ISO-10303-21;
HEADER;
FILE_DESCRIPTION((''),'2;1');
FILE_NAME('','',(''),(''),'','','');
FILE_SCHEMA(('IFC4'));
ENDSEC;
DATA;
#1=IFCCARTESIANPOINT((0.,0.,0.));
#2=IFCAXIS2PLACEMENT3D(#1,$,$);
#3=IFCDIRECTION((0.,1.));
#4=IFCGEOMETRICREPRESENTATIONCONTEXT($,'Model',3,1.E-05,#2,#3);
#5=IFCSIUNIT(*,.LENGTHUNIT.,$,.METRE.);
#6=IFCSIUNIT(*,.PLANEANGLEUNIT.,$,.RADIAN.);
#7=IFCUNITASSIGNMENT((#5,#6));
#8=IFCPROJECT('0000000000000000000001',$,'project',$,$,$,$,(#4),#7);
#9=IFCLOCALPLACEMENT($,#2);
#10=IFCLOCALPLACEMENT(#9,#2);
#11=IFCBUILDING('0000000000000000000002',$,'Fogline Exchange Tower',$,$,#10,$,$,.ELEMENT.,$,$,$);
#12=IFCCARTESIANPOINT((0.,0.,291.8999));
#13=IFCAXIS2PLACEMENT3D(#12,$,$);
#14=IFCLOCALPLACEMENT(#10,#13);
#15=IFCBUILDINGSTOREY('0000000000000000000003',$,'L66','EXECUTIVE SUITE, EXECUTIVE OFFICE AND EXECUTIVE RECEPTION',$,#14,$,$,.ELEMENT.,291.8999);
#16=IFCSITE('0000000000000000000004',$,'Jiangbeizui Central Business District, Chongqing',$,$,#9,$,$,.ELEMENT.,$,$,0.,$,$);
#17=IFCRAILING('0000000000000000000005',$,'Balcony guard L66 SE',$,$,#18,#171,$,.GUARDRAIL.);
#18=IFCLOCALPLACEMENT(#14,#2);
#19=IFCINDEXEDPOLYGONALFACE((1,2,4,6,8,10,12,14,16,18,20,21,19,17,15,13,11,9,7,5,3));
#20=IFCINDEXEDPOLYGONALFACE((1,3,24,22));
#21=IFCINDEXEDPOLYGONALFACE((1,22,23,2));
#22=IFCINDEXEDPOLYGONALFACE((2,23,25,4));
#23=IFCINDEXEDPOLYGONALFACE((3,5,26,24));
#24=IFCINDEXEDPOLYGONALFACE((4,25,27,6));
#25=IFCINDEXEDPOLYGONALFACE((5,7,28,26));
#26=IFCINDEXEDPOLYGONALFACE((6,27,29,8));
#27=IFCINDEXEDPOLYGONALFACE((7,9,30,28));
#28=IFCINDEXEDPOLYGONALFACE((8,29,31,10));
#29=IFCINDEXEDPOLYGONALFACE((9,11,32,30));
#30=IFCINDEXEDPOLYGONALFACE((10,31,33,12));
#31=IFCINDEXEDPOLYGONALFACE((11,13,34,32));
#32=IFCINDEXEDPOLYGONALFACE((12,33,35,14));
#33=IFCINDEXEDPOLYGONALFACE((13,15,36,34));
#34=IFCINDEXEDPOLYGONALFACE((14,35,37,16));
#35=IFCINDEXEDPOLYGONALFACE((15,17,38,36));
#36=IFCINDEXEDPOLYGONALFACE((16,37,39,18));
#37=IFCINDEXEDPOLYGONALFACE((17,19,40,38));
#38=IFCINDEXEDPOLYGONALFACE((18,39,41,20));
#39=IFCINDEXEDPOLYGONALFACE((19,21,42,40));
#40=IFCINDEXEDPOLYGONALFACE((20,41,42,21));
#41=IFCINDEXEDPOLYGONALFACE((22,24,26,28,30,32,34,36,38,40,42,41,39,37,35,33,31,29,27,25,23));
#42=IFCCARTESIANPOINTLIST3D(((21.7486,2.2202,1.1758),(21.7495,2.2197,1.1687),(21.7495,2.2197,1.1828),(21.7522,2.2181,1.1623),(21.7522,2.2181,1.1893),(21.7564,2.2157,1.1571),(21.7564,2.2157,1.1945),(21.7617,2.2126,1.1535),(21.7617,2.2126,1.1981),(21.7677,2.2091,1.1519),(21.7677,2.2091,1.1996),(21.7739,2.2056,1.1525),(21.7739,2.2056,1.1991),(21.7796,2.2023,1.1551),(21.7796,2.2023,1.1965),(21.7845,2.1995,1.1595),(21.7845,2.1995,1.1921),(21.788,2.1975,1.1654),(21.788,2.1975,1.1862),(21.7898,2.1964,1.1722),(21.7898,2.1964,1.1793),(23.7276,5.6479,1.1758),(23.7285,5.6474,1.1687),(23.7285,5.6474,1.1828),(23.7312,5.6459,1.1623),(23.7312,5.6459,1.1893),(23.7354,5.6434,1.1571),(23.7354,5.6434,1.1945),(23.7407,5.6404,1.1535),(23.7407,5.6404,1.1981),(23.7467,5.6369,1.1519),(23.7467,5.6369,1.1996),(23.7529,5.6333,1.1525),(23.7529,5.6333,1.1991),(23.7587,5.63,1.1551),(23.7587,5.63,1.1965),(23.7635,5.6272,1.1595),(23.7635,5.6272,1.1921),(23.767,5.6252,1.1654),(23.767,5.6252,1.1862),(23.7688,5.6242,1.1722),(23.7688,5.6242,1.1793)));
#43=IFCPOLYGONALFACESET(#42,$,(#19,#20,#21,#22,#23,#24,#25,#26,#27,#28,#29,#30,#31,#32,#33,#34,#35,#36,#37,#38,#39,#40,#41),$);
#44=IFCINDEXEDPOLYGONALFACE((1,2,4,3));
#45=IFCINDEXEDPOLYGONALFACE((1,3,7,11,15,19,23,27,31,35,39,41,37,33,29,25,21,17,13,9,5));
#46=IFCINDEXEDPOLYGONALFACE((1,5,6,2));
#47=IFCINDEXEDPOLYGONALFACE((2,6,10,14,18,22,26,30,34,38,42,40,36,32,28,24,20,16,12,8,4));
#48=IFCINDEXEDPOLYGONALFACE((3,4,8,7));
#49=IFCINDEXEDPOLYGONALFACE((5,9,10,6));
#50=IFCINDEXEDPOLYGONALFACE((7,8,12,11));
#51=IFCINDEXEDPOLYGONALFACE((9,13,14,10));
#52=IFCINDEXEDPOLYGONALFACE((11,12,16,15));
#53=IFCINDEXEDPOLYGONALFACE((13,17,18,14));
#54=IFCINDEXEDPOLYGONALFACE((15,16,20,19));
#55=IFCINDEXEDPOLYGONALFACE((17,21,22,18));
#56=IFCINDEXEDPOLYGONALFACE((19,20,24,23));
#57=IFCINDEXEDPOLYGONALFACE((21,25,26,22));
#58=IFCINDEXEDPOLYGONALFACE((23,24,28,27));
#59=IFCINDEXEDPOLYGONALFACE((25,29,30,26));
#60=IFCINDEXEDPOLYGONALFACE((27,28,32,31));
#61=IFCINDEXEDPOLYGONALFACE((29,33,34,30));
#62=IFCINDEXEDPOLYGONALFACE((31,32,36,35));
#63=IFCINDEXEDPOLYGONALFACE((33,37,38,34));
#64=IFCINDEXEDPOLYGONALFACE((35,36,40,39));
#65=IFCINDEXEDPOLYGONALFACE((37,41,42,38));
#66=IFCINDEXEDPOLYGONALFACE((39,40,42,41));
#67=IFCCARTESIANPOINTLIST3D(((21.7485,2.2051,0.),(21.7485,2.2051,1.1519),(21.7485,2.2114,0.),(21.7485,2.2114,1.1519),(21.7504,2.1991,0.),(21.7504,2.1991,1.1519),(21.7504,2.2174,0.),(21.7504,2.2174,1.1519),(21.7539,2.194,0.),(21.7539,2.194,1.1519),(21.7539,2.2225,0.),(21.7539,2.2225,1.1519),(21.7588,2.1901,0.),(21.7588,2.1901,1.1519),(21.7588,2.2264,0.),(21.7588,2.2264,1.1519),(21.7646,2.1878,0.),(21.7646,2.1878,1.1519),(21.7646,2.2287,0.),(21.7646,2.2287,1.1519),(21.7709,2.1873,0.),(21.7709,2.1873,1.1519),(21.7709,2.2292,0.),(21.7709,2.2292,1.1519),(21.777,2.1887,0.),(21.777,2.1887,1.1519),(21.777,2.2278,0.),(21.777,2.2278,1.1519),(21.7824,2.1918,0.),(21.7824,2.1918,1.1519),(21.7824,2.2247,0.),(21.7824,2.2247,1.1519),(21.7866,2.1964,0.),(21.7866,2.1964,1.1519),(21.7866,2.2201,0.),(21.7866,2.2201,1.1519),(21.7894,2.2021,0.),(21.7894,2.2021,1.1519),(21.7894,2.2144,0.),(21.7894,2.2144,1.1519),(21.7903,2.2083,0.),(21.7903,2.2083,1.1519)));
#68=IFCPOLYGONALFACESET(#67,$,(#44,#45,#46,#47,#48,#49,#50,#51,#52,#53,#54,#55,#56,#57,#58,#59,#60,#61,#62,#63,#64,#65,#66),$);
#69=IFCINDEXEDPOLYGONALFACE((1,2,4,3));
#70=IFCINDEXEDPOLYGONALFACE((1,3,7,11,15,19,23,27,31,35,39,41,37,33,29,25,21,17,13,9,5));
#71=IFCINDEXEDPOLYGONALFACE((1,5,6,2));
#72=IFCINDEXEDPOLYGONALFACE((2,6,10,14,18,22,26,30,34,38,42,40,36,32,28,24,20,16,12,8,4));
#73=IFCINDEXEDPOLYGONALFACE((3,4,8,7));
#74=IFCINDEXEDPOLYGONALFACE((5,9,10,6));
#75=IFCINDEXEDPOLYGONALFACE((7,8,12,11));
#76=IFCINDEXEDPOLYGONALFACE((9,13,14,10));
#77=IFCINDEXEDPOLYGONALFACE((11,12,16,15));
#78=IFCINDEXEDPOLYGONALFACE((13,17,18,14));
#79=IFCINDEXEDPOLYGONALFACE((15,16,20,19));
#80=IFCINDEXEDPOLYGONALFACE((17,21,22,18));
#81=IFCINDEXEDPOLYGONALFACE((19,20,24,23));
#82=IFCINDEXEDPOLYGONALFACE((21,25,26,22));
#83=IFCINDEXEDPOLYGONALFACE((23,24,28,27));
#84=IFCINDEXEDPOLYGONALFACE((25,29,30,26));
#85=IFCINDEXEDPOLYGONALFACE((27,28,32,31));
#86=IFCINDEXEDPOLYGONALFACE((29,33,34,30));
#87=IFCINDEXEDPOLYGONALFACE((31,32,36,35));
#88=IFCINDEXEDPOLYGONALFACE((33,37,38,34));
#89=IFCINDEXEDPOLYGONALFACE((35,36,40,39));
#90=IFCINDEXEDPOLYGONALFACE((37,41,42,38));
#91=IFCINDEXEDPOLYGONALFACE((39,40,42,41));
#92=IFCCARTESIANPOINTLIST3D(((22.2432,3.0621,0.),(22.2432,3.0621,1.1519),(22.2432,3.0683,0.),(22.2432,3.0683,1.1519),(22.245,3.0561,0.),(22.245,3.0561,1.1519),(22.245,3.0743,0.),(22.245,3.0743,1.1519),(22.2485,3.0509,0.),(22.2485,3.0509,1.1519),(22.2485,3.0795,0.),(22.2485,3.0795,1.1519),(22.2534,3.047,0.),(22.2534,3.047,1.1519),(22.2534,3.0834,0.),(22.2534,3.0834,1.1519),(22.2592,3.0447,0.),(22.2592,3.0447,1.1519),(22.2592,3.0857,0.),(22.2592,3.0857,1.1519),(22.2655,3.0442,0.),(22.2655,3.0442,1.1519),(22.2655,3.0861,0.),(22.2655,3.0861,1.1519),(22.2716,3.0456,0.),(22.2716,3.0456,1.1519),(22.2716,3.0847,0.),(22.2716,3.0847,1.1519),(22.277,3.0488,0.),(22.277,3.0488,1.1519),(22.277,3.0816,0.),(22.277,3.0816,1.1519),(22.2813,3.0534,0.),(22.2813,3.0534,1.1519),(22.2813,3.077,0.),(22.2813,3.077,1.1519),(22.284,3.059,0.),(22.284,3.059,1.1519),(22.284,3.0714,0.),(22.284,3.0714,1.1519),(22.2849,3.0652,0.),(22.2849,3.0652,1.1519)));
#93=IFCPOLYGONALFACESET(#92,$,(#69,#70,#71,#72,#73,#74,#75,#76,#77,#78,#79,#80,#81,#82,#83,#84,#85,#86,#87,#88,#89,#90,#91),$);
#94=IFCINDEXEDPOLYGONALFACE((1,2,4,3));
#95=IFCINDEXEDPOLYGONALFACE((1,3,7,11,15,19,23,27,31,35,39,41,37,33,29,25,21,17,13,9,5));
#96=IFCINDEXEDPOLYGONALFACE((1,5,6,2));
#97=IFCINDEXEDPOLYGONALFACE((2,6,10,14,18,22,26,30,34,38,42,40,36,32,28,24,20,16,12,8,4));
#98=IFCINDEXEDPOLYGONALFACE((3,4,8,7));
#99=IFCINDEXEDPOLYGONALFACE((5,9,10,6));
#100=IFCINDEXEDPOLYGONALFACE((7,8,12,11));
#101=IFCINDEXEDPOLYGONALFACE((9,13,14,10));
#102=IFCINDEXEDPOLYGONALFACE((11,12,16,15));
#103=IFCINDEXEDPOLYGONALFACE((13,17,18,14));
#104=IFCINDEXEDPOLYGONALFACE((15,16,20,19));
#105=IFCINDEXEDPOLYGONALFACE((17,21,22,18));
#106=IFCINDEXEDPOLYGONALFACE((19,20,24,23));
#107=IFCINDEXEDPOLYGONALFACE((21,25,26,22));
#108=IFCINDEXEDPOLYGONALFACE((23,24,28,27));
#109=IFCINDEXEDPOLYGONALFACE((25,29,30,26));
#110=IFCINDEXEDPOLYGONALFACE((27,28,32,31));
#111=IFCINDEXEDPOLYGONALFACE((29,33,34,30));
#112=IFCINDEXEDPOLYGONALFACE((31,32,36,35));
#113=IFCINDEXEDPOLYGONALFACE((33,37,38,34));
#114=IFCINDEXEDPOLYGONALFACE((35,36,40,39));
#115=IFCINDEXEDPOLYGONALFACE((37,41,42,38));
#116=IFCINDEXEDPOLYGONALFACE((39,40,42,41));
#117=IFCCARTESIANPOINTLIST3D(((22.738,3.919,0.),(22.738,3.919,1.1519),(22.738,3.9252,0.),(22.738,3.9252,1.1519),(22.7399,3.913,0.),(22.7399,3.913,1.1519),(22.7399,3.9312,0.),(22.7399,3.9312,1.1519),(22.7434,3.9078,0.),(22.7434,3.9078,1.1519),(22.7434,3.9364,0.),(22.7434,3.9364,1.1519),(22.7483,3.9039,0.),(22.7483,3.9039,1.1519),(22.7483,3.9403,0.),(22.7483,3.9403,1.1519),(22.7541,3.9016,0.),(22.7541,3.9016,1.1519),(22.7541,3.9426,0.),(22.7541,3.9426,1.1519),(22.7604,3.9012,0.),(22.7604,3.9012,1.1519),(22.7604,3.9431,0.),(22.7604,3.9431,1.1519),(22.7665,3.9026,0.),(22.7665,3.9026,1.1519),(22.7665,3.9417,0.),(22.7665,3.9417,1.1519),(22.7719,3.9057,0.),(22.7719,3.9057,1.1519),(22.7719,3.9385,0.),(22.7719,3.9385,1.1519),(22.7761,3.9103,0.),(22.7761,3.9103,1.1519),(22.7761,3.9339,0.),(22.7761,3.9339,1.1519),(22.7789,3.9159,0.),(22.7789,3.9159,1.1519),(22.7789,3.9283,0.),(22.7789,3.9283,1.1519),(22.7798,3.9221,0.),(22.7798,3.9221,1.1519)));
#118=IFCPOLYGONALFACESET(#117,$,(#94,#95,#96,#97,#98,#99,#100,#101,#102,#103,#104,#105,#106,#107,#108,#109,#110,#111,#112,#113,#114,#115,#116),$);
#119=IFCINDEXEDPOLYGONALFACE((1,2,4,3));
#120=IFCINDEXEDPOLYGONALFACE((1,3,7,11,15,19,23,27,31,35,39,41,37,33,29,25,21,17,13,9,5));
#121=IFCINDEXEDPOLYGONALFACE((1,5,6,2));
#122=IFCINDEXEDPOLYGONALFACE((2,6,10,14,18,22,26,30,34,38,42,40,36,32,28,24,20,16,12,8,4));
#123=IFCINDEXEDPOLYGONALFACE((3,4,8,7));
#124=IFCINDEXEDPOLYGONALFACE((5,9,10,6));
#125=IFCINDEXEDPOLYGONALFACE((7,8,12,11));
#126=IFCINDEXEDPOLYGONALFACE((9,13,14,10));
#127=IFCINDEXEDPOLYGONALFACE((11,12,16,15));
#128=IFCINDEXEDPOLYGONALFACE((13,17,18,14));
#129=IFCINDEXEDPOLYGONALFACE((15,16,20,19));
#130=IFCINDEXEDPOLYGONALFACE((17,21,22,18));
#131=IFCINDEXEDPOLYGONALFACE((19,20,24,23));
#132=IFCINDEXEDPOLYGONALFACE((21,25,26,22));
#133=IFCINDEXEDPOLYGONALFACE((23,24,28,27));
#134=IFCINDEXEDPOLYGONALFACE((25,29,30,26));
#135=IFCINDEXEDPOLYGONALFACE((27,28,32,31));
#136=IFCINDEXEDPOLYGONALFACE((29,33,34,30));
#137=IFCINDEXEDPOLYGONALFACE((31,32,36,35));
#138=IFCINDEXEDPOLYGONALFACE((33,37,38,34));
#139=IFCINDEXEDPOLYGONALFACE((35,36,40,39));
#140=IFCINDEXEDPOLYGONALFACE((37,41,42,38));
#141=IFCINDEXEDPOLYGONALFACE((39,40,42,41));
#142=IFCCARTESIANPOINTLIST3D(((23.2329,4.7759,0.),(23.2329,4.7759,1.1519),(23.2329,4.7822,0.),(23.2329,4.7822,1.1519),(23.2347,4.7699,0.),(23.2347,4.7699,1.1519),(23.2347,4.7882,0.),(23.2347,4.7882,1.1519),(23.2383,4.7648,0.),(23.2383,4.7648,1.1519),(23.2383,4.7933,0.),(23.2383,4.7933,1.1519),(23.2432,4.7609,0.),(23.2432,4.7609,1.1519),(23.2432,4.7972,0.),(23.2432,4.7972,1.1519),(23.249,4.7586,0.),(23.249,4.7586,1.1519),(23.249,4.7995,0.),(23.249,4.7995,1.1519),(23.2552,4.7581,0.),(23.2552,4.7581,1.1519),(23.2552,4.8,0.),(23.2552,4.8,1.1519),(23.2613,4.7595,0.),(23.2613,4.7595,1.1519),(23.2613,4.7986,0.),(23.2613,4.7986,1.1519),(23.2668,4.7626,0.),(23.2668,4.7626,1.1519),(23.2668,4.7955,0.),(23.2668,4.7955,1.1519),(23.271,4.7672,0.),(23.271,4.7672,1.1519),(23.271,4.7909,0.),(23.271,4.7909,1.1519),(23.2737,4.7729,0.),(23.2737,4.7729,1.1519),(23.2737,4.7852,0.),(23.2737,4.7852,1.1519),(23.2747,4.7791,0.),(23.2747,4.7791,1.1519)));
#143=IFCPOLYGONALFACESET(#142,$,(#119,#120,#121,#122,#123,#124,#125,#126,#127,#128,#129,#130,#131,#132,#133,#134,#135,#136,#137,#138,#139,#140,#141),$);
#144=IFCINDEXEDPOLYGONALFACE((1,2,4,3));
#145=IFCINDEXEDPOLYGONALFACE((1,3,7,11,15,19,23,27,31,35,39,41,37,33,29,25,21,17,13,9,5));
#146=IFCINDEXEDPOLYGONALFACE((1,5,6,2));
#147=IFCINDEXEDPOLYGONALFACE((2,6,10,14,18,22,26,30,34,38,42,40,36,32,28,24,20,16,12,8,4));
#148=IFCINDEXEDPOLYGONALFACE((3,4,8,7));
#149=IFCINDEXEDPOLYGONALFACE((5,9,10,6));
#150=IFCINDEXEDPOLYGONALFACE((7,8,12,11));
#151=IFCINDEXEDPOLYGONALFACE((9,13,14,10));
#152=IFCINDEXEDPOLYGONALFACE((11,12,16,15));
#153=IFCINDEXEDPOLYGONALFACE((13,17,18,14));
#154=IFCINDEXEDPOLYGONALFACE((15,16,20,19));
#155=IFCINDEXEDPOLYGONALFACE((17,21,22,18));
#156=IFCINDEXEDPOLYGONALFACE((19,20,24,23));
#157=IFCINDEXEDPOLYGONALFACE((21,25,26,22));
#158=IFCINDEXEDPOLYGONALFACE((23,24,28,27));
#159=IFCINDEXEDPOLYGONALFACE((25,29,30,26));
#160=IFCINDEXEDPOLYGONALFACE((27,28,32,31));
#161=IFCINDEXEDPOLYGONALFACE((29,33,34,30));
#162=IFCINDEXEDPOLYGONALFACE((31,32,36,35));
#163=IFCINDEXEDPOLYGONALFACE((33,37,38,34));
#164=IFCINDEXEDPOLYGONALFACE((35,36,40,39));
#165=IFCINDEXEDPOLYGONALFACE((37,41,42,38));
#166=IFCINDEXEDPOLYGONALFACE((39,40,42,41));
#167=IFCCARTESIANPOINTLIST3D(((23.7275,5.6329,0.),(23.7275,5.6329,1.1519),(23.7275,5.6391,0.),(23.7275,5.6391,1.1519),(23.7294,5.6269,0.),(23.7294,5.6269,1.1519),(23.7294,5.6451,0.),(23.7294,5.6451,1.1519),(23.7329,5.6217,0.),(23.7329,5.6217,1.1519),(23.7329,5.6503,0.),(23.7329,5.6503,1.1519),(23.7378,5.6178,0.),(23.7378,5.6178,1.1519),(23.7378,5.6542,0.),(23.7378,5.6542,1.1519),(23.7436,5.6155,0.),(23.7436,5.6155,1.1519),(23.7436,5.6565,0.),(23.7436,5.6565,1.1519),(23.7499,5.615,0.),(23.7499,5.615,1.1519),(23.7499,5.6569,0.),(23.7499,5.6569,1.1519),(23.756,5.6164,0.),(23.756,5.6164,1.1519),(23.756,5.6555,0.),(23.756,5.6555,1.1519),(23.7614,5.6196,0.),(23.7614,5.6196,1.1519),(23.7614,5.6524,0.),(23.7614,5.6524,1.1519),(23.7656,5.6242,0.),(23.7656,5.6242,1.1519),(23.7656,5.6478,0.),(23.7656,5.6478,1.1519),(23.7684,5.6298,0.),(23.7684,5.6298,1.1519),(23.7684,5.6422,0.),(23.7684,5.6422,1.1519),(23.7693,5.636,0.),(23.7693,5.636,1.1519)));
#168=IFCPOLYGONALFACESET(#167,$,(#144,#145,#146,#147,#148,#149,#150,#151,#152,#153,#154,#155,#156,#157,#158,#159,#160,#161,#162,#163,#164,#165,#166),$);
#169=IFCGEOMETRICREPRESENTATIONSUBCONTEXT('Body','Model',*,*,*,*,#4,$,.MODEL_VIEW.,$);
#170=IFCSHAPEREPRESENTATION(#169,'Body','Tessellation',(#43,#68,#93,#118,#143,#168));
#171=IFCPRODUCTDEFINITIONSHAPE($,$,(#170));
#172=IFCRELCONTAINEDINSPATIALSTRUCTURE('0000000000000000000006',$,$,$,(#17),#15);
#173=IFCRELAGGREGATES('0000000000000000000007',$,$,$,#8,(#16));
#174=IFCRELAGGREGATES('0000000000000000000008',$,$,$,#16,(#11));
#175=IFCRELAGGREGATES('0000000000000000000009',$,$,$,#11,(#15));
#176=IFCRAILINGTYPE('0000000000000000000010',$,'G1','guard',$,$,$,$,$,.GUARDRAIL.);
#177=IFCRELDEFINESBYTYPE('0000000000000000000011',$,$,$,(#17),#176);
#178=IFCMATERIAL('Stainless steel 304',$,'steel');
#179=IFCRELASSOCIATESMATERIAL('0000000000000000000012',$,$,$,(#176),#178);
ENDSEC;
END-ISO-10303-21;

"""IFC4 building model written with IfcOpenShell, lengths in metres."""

from ifc_helpers import new_model, si_unit, direction, frame, origin, origin_2d, place, context, subcontext, project, spatial, circle, extrude, material, type_object, element, save


model = new_model("IFC4")

# Units and contexts
model_context = context("Model", 3, precision=1e-05, world=origin(), true_north=direction((0.0, 1.0)))
body_context = subcontext(model_context, "Body", "Model", "MODEL_VIEW")
ifc_project = project(units=[si_unit("LENGTHUNIT", "METRE"), si_unit("PLANEANGLEUNIT", "RADIAN")], contexts=[model_context])

# Site, building, storey
site_placement = place(None, origin())
site = spatial("IfcSite", under=ifc_project, at=site_placement, Name="Jiangbeizui Central Business District, Chongqing", CompositionType="ELEMENT", RefElevation=0.0)
building_placement = place(site_placement, origin())
building = spatial("IfcBuilding", under=site, at=building_placement, Name="Fogline Exchange Tower", CompositionType="ELEMENT")
storey_placement = place(building_placement, frame((0.0, 0.0, 291.8999)))
storey = spatial("IfcBuildingStorey", under=building, at=storey_placement, Name="L66", Description="EXECUTIVE SUITE, EXECUTIVE OFFICE AND EXECUTIVE RECEPTION", CompositionType="ELEMENT", Elevation=291.8999)

# Railing
ifc_material_1 = material(Name="Stainless steel 304", Category="steel")
railing_type = type_object("IfcRailingType", Name="G1", Description="guard", PredefinedType="GUARDRAIL", material=ifc_material_1)
railing_placement = place(storey_placement, frame((21.7693, 2.2083, 0.0)))
element("IfcRailing", 1, at=railing_placement, inside=storey, type_object=railing_type, Name="Balcony guard L66 SE", PredefinedType="GUARDRAIL", context=body_context, shape_type="SweptSolid", body=[
    extrude(circle(Radius=0.0239, at=origin_2d()), frame((0.0, 0.0, 1.1758), z_axis=(0.5, 0.866025, 0.0), x_axis=(-0.866025, 0.5, 0.0)), (0.0, 0.0, 1.0), 3.958),
    extrude(circle(Radius=0.021, at=origin_2d()), origin(), (0.0, 0.0, 1.0), 1.1519),
    extrude(circle(Radius=0.021, at=origin_2d()), frame((0.4946, 0.8569, 0.0)), (0.0, 0.0, 1.0), 1.1519),
    extrude(circle(Radius=0.021, at=origin_2d()), frame((0.9895, 1.7139, 0.0)), (0.0, 0.0, 1.0), 1.1519),
    extrude(circle(Radius=0.021, at=origin_2d()), frame((1.4844, 2.5708, 0.0)), (0.0, 0.0, 1.0), 1.1519),
    extrude(circle(Radius=0.021, at=origin_2d()), frame((1.979, 3.4277, 0.0)), (0.0, 0.0, 1.0), 1.1519),
])

save(model, "model.ifc")
